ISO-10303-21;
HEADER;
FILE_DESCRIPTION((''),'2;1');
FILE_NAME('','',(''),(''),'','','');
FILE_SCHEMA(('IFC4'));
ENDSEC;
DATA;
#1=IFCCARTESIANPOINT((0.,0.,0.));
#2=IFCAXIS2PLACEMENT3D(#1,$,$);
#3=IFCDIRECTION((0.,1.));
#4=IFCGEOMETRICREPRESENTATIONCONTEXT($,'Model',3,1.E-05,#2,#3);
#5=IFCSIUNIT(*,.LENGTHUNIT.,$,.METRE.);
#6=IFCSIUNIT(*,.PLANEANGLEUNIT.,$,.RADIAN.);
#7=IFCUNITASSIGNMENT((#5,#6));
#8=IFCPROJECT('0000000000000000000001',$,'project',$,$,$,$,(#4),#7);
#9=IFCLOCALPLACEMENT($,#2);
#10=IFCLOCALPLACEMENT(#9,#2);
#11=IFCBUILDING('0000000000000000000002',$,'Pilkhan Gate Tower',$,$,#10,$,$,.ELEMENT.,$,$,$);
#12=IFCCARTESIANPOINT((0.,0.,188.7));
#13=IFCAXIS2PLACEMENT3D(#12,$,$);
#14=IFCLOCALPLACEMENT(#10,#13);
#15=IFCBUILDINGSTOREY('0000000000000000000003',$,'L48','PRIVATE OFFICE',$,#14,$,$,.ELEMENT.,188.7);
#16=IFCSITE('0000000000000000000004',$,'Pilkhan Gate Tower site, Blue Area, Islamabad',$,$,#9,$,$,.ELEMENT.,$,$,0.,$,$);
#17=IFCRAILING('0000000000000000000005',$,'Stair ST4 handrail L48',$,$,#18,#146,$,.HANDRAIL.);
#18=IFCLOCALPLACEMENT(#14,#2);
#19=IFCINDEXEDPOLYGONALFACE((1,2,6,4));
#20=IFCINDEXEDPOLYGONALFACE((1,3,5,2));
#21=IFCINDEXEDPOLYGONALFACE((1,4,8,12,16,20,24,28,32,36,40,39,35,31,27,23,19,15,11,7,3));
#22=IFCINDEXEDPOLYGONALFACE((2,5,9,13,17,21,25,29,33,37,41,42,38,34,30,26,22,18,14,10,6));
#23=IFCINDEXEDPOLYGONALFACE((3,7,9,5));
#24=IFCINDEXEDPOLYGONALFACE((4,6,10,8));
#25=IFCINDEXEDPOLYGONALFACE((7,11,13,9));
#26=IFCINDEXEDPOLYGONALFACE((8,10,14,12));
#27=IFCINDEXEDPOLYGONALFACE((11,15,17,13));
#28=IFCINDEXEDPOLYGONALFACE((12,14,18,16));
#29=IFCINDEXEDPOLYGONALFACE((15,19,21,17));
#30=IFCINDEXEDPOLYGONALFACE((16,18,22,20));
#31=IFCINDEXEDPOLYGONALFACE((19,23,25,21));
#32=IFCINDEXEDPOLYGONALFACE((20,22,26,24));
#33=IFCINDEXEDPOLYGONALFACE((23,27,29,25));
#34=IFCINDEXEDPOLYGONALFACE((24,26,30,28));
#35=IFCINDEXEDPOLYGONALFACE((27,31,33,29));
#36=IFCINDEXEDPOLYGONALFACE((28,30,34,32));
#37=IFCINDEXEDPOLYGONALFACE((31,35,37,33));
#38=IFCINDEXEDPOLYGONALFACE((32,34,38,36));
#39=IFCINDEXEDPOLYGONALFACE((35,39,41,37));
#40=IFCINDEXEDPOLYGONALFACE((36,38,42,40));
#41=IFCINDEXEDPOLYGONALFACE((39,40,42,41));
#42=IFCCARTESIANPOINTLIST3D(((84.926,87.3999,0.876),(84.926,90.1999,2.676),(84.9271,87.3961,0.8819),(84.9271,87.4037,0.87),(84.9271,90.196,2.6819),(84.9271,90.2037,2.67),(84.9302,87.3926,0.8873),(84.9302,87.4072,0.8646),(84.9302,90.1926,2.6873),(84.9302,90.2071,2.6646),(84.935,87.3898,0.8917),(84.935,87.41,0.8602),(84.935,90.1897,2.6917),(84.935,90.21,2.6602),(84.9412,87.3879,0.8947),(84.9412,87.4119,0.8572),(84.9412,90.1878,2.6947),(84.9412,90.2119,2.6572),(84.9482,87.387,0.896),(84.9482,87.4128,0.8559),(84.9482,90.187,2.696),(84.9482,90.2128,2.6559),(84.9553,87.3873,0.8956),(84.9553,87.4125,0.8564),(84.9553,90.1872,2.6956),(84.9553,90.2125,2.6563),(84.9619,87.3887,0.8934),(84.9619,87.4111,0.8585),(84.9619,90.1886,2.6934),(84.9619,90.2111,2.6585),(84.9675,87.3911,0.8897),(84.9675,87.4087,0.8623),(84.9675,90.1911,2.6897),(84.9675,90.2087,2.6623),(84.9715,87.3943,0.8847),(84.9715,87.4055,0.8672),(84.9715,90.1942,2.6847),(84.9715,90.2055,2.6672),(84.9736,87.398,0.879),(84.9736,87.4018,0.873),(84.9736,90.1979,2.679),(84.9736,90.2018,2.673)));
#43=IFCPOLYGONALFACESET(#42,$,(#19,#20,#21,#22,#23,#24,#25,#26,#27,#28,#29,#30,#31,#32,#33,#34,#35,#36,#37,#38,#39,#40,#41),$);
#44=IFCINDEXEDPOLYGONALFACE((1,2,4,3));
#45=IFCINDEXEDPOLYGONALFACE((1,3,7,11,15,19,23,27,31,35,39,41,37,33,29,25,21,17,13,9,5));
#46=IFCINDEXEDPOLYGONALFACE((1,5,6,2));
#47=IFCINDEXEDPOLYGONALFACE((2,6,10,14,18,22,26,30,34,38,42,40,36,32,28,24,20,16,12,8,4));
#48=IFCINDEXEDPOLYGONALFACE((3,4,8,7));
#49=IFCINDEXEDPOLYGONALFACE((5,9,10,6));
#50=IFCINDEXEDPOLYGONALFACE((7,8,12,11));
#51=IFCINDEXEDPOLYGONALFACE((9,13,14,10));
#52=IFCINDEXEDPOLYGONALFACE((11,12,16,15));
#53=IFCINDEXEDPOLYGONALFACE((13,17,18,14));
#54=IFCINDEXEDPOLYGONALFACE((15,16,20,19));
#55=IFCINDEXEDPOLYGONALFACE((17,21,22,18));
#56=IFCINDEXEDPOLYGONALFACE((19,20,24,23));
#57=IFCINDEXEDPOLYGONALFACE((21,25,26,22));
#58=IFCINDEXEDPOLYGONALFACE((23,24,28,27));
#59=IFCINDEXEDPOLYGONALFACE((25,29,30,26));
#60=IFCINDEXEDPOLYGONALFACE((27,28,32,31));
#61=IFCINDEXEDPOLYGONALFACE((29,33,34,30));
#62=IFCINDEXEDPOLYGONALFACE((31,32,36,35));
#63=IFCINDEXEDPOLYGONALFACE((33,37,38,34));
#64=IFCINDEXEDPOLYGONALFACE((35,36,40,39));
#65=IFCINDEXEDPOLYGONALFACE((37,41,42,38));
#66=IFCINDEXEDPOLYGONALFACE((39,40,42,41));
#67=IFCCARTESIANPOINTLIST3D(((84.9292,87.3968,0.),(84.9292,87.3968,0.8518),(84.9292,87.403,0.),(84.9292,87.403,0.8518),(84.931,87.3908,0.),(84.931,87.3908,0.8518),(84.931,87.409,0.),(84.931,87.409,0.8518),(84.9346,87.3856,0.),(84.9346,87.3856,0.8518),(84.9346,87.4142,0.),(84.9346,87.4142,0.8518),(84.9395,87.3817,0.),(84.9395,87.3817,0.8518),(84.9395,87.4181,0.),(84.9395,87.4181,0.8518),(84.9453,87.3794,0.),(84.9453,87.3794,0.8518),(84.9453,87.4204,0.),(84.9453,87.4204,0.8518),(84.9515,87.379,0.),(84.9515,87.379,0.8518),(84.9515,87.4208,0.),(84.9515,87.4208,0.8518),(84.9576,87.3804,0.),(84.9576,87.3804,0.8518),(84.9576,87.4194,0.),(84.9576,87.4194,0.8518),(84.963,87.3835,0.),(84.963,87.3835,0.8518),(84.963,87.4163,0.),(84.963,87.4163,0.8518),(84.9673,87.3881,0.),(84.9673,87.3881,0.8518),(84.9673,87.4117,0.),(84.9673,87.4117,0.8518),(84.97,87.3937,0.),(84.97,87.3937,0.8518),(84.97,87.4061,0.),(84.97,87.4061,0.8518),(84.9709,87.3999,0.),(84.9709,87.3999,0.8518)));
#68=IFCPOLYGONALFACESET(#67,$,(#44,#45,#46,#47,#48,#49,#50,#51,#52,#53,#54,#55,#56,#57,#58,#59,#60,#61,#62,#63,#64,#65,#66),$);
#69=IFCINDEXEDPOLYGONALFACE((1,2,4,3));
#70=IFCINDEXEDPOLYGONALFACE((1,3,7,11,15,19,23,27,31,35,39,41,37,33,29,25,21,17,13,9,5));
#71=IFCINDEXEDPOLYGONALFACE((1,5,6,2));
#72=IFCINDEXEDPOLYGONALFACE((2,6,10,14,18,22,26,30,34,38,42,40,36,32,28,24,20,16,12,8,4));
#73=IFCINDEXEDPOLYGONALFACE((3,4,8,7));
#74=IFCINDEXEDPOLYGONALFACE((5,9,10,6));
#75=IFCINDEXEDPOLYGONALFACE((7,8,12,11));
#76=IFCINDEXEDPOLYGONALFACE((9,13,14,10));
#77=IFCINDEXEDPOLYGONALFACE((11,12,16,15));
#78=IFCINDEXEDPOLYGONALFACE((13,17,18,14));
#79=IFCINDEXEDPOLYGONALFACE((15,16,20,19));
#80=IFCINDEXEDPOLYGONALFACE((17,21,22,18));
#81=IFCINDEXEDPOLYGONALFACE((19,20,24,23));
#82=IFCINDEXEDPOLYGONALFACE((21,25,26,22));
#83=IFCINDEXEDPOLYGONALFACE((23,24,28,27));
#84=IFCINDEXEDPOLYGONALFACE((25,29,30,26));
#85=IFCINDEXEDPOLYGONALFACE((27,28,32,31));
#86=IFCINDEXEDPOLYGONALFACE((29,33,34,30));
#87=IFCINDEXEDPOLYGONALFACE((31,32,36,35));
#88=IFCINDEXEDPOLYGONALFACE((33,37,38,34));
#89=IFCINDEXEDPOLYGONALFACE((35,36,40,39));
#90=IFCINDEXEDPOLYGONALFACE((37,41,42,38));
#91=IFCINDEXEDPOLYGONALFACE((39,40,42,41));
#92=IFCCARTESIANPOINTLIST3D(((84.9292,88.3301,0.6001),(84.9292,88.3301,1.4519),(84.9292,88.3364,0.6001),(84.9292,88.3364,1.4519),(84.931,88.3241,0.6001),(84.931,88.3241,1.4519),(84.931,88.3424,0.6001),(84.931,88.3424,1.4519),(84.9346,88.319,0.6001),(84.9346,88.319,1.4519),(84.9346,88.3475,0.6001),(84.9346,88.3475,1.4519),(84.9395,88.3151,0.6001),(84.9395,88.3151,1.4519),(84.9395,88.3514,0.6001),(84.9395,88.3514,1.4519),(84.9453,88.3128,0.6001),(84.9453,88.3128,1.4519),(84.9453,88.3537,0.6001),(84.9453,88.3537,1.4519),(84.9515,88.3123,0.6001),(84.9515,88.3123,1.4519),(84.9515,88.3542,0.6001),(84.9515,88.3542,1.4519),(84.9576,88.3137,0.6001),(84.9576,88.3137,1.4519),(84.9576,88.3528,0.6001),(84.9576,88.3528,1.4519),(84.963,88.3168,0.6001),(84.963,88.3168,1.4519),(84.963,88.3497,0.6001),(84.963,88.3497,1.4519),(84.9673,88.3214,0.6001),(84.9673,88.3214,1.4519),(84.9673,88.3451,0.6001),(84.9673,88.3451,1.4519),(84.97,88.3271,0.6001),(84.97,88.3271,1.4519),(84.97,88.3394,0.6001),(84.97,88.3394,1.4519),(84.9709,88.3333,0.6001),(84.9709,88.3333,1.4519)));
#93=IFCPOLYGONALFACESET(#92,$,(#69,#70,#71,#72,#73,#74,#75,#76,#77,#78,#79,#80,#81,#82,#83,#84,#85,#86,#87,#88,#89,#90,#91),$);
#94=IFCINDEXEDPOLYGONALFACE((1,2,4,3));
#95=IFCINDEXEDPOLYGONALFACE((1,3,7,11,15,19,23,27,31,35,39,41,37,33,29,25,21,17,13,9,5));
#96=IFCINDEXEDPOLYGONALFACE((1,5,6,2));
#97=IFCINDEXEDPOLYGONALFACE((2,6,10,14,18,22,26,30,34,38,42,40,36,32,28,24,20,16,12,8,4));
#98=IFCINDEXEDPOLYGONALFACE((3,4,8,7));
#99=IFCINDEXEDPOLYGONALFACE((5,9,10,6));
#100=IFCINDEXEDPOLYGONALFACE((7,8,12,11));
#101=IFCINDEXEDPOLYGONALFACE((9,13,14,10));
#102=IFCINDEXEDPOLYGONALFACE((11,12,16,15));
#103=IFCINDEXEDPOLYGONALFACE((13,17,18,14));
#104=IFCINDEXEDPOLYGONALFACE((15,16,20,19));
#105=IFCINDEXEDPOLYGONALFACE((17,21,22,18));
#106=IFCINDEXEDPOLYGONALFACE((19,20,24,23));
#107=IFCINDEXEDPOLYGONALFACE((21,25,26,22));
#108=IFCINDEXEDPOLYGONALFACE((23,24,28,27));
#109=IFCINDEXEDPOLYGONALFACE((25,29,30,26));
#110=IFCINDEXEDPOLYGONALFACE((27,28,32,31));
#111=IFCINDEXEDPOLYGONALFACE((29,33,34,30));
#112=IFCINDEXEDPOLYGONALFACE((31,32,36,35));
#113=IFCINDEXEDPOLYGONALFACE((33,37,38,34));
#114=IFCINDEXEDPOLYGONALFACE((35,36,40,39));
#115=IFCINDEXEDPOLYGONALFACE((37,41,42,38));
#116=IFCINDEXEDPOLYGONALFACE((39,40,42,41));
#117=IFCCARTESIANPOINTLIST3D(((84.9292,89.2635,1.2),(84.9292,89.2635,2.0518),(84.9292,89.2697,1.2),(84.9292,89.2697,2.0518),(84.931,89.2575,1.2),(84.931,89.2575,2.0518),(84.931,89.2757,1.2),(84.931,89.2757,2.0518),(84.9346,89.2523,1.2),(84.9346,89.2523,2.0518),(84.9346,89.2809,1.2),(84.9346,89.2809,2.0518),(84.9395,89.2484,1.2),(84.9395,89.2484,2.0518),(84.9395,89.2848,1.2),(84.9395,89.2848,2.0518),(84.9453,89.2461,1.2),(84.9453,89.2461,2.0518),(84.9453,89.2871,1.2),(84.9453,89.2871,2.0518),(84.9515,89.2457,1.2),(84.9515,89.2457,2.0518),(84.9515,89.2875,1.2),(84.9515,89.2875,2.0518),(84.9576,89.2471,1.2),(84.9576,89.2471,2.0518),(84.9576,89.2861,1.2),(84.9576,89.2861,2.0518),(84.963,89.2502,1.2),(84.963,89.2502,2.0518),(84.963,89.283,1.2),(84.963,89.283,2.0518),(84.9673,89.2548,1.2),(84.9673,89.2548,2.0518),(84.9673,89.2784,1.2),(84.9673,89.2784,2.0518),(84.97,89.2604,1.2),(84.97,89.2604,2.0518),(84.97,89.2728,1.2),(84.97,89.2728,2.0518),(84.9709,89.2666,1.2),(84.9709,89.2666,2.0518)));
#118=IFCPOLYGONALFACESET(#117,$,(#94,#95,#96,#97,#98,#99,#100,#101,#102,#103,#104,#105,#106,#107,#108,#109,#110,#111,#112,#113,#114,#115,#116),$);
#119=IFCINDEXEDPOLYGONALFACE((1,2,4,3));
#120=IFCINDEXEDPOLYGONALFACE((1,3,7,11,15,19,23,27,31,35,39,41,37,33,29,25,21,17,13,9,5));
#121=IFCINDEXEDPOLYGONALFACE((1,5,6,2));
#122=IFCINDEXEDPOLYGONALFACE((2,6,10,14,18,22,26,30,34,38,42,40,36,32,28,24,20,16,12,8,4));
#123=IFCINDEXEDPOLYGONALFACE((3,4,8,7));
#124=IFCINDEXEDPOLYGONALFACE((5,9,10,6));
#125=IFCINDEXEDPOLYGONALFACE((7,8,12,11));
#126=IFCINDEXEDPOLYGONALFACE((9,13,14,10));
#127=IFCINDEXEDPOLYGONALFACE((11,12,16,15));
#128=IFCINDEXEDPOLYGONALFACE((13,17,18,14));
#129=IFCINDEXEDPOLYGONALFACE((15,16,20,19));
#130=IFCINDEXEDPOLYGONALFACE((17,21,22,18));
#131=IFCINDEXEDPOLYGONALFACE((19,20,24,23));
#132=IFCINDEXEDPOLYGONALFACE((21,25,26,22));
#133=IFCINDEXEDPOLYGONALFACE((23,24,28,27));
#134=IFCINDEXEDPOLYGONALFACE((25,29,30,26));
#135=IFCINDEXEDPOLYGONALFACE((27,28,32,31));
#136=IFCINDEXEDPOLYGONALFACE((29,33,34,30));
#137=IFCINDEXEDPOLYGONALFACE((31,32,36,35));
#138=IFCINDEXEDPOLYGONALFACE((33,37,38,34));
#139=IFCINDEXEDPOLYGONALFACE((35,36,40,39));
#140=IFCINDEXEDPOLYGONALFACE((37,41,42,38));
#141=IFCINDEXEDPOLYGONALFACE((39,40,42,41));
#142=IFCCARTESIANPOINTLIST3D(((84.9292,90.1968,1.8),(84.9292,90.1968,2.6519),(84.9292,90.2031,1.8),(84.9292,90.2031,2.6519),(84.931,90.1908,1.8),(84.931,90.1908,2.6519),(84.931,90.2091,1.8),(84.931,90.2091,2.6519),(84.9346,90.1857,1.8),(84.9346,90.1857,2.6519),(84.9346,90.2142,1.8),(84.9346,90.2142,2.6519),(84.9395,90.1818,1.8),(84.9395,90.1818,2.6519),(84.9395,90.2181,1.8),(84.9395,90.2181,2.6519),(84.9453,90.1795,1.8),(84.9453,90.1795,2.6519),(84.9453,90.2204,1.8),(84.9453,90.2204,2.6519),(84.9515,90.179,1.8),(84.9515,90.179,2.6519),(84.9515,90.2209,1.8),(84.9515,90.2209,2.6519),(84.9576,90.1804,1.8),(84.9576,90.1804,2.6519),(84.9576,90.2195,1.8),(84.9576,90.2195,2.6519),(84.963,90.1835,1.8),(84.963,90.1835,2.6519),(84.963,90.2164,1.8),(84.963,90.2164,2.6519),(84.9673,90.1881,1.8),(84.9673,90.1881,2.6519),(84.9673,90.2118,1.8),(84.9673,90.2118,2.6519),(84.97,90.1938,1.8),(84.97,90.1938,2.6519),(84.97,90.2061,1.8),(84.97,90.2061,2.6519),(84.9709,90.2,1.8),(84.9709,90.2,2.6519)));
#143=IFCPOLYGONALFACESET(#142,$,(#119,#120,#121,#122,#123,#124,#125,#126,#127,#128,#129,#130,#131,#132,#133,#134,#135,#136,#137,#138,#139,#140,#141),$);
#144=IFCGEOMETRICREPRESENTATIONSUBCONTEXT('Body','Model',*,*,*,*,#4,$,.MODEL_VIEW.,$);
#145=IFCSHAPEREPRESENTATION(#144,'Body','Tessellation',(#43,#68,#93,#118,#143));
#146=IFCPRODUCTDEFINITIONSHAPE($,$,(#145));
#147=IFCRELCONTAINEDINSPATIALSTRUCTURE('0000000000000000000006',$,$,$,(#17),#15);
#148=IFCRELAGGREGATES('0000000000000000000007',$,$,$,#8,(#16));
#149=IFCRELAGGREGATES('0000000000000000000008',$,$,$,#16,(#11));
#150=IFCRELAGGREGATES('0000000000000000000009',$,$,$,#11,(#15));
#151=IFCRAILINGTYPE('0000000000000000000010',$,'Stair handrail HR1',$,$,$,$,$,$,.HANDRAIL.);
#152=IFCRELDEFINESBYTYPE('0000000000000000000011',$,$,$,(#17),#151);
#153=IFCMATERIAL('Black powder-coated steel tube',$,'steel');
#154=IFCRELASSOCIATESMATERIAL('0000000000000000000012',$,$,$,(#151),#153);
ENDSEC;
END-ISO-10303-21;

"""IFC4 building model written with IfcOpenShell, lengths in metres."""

from ifc_helpers import new_model, si_unit, direction, frame, origin, origin_2d, place, context, subcontext, project, spatial, circle, extrude, material, type_object, element, save


model = new_model("IFC4")

# Units and contexts
model_context = context("Model", 3, precision=1e-05, world=origin(), true_north=direction((0.0, 1.0)))
body_context = subcontext(model_context, "Body", "Model", "MODEL_VIEW")
ifc_project = project(units=[si_unit("LENGTHUNIT", "METRE"), si_unit("PLANEANGLEUNIT", "RADIAN")], contexts=[model_context])

# Site, building, storey
site_placement = place(None, origin())
site = spatial("IfcSite", under=ifc_project, at=site_placement, Name="Pilkhan Gate Tower site, Blue Area, Islamabad", CompositionType="ELEMENT", RefElevation=0.0)
building_placement = place(site_placement, origin())
building = spatial("IfcBuilding", under=site, at=building_placement, Name="Pilkhan Gate Tower", CompositionType="ELEMENT")
storey_placement = place(building_placement, frame((0.0, 0.0, 188.7)))
storey = spatial("IfcBuildingStorey", under=building, at=storey_placement, Name="L48", Description="PRIVATE OFFICE", CompositionType="ELEMENT", Elevation=188.7)

# Railing
ifc_material_1 = material(Name="Black powder-coated steel tube", Category="steel")
railing_type_1 = type_object("IfcRailingType", Name="Stair handrail HR1", PredefinedType="HANDRAIL", material=ifc_material_1)
railing_1_placement = place(storey_placement, frame((84.95, 87.3999, 0.0)))
element("IfcRailing", 1, at=railing_1_placement, inside=storey, type_object=railing_type_1, Name="Stair ST4 handrail L48", PredefinedType="HANDRAIL", context=body_context, shape_type="SweptSolid", body=[
    extrude(circle(Radius=0.0239, at=origin_2d()), frame((0.0, 0.0, 0.876), z_axis=(0.0, 0.841176, 0.540761), x_axis=(-1.0, 0.0, 0.0)), (0.0, 0.0, 1.0), 3.3286),
    extrude(circle(Radius=0.021, at=origin_2d()), origin(), (0.0, 0.0, 1.0), 0.8518),
    extrude(circle(Radius=0.021, at=origin_2d()), frame((0.0, 0.9333, 0.6001)), (0.0, 0.0, 1.0), 0.8518),
    extrude(circle(Radius=0.021, at=origin_2d()), frame((0.0, 1.8667, 1.2)), (0.0, 0.0, 1.0), 0.8518),
    extrude(circle(Radius=0.021, at=origin_2d()), frame((0.0, 2.8, 1.8)), (0.0, 0.0, 1.0), 0.8518),
])

save(model, "model.ifc")
